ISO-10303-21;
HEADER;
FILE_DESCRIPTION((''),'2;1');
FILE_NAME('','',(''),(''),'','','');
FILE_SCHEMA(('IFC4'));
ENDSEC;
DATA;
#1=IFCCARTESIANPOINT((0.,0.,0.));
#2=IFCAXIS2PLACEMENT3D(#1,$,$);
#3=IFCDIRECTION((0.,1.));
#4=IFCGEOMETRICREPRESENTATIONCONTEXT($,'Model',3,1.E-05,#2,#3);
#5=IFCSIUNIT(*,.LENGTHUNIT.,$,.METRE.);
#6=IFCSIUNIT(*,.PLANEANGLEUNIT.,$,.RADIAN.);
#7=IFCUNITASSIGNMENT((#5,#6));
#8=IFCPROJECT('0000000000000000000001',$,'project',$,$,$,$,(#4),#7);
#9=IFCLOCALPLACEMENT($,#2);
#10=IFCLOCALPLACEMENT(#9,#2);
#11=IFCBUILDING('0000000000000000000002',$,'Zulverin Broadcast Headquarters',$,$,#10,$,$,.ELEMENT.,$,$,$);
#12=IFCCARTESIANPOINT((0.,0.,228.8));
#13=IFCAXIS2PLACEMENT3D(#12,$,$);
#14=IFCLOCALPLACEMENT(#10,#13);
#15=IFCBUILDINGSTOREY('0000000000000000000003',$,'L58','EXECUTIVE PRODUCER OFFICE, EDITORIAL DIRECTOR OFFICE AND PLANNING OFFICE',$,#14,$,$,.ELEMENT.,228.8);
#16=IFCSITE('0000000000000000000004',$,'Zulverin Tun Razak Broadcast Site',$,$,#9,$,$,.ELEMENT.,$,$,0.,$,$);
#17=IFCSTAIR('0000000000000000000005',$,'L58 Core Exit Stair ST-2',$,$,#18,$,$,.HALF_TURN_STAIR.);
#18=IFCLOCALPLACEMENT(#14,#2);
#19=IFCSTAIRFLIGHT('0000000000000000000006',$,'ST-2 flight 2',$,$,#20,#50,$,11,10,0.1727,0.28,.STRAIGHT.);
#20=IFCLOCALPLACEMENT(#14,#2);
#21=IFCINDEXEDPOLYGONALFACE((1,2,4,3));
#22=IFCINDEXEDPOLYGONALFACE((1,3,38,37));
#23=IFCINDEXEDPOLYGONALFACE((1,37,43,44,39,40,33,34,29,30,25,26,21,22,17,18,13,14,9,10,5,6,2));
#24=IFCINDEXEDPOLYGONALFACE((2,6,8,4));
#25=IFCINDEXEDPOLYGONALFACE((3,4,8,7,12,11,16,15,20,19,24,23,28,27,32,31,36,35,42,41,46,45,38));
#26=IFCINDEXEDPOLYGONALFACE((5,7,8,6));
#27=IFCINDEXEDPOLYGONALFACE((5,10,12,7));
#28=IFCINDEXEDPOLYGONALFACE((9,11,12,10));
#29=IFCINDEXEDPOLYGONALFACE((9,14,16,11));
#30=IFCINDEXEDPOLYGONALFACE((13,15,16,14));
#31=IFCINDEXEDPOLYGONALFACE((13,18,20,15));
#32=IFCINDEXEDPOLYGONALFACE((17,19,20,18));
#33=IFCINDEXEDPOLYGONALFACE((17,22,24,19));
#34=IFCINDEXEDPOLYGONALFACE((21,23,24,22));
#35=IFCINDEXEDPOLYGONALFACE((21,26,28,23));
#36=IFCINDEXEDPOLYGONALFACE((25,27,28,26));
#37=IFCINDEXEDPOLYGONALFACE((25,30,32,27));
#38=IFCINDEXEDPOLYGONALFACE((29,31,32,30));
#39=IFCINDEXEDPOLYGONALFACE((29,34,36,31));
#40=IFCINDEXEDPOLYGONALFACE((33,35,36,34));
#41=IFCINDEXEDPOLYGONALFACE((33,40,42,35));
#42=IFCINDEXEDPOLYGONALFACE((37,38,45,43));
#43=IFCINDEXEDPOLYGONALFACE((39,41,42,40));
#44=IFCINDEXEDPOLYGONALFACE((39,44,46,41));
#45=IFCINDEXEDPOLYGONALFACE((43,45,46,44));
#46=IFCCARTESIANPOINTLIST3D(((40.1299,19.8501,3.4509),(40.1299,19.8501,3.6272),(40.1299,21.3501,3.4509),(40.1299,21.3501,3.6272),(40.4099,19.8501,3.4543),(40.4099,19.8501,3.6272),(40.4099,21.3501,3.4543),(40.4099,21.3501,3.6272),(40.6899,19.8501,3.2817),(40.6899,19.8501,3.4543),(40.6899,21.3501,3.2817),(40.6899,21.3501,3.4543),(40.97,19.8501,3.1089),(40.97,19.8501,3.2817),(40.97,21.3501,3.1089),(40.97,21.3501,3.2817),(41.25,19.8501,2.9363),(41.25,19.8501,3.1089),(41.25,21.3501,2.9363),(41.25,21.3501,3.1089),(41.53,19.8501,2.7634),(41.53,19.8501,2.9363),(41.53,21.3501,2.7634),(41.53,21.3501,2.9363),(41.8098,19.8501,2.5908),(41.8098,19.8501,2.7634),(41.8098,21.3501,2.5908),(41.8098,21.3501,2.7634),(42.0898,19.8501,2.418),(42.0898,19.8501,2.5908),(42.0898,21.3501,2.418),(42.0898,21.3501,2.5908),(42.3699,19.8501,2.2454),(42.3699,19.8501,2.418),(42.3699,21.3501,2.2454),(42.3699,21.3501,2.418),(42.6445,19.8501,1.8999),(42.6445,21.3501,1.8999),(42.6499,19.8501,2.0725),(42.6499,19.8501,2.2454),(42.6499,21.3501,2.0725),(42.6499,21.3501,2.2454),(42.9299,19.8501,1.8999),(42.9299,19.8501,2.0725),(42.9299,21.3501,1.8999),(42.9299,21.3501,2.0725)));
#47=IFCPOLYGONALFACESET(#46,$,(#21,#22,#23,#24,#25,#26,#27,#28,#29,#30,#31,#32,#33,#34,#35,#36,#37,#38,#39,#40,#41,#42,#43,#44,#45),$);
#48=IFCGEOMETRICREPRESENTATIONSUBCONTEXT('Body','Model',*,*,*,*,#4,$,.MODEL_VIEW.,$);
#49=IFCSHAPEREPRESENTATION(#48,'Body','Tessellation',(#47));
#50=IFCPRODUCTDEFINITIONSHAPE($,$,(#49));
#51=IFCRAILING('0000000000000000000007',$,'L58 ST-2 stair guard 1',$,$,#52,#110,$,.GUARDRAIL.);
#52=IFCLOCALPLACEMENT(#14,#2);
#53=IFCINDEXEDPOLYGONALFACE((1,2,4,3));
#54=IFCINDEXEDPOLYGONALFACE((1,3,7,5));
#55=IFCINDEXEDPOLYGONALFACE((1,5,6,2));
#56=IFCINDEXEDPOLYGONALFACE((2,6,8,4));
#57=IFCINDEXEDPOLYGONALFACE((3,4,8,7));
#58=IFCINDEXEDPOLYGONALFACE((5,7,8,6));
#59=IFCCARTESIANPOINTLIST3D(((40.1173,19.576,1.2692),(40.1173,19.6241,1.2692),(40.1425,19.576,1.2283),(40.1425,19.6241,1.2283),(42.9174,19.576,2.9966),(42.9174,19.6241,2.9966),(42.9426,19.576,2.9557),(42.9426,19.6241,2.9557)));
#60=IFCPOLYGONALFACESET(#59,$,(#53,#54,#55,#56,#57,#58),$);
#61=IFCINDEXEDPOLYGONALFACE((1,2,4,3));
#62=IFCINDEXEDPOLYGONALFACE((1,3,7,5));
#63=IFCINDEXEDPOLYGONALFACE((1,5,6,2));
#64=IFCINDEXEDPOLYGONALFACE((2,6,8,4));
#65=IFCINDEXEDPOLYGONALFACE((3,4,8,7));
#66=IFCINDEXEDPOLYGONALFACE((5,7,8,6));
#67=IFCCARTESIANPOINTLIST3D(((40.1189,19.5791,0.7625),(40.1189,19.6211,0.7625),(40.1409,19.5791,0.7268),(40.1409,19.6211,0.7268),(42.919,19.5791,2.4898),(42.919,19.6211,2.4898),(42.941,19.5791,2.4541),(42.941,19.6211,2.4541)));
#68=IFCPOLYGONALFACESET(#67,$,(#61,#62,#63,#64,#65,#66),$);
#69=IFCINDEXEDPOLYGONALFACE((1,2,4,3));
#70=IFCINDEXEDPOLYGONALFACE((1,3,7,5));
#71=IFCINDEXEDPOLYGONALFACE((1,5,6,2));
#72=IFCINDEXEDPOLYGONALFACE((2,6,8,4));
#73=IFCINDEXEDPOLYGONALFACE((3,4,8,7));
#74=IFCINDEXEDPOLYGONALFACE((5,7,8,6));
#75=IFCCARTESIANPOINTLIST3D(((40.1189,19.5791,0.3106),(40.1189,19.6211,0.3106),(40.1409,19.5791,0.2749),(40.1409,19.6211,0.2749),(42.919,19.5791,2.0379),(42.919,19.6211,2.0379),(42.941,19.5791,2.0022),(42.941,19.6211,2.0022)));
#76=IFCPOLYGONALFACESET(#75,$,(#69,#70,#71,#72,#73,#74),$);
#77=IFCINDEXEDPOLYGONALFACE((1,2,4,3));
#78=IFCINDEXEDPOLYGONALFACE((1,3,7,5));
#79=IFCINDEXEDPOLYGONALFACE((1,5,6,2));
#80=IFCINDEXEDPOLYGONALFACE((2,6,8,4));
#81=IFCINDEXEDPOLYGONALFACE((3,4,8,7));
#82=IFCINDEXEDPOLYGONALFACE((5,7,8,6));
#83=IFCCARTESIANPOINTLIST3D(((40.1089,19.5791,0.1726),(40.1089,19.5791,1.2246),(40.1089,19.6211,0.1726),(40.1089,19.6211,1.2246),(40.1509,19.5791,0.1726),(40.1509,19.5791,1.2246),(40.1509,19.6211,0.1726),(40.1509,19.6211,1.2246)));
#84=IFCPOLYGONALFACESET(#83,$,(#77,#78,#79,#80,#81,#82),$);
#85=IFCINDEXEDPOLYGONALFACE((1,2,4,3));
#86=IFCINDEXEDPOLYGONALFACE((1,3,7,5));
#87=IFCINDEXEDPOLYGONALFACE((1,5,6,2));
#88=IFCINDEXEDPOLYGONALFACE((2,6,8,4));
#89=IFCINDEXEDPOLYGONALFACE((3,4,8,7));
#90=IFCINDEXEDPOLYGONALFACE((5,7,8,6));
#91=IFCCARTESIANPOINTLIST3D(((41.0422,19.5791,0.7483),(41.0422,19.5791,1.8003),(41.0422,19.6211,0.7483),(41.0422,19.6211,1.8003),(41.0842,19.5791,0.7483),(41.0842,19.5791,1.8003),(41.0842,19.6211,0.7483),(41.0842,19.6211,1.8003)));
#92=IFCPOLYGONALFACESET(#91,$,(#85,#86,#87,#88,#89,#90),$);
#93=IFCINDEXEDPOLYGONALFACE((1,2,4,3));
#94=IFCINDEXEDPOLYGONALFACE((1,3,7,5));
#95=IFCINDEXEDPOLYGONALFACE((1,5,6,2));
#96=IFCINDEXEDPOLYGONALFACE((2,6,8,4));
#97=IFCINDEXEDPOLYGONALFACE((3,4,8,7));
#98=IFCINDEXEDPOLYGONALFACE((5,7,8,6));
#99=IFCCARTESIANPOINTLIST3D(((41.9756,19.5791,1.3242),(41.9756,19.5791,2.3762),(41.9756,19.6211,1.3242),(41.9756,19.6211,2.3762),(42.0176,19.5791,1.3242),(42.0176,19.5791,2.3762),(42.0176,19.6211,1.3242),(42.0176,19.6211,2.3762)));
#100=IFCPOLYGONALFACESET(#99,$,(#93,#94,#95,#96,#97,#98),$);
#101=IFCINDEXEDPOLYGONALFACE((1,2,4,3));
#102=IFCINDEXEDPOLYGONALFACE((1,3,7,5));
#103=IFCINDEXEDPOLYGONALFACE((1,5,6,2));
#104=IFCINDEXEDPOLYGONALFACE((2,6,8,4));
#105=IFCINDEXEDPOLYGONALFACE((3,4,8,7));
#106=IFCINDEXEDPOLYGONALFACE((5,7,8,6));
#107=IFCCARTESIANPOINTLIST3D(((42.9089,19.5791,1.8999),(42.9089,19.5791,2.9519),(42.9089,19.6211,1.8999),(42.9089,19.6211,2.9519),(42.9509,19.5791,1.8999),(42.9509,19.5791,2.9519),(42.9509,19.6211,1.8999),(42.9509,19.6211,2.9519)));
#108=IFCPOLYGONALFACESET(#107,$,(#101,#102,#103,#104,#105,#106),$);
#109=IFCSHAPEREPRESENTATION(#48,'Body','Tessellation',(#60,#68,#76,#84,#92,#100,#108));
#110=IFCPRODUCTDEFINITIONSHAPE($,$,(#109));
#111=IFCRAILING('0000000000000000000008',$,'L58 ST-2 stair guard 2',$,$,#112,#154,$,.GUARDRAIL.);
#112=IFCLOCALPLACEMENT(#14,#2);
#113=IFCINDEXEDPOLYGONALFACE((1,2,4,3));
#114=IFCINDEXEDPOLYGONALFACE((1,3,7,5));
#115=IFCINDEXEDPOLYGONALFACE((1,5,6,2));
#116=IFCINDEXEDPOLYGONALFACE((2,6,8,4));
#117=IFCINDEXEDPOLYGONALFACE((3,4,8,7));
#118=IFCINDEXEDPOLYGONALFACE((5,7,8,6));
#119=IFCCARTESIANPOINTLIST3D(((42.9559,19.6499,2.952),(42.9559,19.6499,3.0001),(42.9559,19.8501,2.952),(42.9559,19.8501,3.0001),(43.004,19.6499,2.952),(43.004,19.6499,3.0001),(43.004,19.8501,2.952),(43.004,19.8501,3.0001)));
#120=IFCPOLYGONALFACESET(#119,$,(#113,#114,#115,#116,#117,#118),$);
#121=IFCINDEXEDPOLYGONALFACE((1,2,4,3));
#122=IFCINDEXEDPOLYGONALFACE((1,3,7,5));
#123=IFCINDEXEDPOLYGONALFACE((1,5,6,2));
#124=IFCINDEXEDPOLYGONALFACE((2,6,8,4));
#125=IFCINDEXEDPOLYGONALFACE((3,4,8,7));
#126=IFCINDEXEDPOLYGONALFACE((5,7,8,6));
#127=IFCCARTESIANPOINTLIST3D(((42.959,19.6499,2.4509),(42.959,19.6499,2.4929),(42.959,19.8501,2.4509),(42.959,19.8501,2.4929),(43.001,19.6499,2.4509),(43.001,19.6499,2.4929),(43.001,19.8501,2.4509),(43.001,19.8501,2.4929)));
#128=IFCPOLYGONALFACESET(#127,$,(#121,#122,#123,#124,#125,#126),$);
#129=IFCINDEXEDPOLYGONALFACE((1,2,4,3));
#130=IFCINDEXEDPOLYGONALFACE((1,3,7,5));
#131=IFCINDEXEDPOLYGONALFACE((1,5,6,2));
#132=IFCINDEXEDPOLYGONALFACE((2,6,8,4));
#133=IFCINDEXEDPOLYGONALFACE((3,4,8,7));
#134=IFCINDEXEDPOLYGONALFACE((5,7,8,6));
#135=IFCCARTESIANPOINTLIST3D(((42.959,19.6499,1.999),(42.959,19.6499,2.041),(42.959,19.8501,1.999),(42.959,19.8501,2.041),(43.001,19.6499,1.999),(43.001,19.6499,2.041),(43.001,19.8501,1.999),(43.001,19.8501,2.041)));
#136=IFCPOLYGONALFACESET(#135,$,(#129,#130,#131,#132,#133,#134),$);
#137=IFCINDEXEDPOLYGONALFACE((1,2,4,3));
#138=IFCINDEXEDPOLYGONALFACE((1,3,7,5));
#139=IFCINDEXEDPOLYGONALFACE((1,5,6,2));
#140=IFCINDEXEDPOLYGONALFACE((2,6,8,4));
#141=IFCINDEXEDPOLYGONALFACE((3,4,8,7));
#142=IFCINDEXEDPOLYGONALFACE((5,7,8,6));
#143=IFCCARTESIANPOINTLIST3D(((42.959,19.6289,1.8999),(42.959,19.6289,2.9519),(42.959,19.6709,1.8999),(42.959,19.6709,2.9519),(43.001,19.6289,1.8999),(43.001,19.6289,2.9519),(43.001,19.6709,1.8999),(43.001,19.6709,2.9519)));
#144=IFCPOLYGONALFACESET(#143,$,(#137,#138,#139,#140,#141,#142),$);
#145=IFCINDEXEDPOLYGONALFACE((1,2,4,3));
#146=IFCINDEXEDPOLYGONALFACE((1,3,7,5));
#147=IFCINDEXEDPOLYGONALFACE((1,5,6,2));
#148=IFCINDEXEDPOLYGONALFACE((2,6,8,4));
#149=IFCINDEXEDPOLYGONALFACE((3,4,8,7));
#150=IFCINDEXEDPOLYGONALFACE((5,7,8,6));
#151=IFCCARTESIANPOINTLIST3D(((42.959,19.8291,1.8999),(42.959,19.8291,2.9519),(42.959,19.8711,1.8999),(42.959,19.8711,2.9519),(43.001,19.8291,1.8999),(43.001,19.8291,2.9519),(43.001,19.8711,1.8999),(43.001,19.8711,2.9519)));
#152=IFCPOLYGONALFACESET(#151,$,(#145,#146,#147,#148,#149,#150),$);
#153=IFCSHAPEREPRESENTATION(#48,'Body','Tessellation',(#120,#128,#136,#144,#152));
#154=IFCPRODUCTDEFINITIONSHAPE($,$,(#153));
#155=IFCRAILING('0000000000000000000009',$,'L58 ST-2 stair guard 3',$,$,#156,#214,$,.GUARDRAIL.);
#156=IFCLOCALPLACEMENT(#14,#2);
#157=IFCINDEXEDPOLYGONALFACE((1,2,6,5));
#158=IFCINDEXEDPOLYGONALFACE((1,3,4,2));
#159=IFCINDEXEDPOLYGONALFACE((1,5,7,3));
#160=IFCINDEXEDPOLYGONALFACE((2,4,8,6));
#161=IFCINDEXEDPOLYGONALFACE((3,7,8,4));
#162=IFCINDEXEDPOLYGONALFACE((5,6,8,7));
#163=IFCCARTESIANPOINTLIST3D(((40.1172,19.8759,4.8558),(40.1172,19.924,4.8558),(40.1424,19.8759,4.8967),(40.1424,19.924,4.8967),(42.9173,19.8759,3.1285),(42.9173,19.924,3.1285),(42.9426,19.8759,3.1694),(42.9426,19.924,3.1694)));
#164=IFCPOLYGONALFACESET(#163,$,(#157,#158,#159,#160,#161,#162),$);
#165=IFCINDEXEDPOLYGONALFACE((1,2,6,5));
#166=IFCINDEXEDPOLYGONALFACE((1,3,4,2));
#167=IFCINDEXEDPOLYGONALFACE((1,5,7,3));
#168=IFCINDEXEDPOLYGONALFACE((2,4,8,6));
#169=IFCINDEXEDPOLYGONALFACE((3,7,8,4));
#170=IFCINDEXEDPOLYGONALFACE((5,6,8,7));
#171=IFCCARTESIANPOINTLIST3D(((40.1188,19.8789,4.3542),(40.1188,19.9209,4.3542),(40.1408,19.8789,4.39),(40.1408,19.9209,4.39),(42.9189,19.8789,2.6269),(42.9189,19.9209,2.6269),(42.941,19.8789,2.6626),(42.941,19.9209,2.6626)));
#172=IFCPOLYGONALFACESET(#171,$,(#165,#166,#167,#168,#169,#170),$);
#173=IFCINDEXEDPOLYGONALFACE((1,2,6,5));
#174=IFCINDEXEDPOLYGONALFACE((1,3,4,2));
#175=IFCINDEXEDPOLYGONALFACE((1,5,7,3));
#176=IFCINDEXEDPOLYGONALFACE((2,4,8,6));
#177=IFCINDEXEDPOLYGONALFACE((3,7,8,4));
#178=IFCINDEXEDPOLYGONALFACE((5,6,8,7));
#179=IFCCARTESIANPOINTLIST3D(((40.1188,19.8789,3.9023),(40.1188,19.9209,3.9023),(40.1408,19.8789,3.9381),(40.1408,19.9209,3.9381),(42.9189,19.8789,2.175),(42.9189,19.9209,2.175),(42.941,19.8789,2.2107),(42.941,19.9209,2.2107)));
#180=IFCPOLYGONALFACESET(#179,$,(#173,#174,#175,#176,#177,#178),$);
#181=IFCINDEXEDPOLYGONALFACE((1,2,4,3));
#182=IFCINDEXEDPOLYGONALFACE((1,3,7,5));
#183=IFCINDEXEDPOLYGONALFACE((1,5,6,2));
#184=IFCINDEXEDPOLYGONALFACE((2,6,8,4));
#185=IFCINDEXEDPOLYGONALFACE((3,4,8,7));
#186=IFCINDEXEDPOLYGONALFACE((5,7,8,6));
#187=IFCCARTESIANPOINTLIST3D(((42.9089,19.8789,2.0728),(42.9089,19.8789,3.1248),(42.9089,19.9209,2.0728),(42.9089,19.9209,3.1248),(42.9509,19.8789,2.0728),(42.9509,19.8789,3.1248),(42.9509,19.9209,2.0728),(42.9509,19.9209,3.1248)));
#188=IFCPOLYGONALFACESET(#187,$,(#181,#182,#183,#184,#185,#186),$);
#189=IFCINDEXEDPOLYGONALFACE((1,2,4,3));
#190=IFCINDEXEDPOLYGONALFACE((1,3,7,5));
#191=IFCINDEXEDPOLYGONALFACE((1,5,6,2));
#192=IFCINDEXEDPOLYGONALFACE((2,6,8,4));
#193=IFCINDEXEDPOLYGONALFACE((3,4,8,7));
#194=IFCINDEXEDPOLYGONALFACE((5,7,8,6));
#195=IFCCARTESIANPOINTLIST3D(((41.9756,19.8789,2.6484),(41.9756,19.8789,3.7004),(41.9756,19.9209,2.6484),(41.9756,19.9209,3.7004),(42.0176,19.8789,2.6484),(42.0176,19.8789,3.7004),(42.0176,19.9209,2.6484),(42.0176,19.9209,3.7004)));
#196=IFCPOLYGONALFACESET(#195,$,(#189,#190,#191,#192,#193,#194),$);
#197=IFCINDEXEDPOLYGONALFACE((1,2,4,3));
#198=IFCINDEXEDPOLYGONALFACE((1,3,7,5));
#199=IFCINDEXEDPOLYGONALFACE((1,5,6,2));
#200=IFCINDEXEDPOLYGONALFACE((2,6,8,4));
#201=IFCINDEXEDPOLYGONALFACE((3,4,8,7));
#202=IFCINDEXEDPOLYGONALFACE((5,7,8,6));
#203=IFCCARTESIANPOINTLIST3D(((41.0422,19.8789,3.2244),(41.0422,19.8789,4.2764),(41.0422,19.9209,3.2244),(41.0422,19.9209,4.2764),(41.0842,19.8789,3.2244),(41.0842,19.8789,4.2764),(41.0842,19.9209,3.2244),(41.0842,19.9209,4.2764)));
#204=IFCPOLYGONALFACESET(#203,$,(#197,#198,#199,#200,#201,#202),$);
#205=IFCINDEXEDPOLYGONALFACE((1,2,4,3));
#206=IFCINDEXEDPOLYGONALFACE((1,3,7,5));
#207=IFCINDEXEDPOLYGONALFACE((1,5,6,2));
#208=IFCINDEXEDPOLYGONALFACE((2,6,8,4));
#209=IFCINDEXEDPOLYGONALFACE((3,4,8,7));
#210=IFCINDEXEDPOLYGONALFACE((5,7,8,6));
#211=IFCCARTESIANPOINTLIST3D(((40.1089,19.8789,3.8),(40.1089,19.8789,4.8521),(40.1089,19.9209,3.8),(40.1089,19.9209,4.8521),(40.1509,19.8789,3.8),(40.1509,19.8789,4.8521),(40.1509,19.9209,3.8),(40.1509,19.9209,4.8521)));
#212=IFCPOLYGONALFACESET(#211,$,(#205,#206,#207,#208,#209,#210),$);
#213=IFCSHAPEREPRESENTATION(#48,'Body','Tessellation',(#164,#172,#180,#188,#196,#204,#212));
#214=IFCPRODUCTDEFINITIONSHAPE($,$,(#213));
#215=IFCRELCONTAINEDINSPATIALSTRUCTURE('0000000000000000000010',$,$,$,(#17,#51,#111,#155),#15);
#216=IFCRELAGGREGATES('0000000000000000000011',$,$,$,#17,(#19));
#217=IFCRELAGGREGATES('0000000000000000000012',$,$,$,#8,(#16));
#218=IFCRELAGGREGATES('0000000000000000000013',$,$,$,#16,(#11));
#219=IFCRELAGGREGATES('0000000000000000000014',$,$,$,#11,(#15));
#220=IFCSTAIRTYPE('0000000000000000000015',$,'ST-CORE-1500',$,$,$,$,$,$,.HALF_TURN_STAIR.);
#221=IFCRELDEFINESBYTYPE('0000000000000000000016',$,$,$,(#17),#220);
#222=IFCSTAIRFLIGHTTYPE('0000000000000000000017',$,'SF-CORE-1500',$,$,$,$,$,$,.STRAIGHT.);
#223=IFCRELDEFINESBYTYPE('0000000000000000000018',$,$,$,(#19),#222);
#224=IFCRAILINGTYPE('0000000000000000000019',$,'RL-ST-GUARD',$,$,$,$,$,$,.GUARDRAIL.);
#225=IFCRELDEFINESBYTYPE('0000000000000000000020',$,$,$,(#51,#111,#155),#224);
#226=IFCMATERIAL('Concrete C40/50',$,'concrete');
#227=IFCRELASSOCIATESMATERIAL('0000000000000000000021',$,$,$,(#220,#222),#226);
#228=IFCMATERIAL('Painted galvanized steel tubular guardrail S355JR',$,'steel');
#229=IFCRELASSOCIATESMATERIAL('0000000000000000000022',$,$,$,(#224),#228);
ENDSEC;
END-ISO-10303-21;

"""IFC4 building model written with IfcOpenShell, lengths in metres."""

from ifc_helpers import new_model, si_unit, direction, frame, origin, origin_2d, place, context, subcontext, project, spatial, polyline, rectangle, outline, extrude, material, type_object, element, aggregate, save


model = new_model("IFC4")

# Units and contexts
model_context = context("Model", 3, precision=1e-05, world=origin(), true_north=direction((0.0, 1.0)))
body_context = subcontext(model_context, "Body", "Model", "MODEL_VIEW")
ifc_project = project(units=[si_unit("LENGTHUNIT", "METRE"), si_unit("PLANEANGLEUNIT", "RADIAN")], contexts=[model_context])

# Site, building, storey
site_placement = place(None, origin())
site = spatial("IfcSite", under=ifc_project, at=site_placement, Name="Zulverin Tun Razak Broadcast Site", CompositionType="ELEMENT", RefElevation=0.0)
building_placement = place(site_placement, origin())
building = spatial("IfcBuilding", under=site, at=building_placement, Name="Zulverin Broadcast Headquarters", CompositionType="ELEMENT")
storey_placement = place(building_placement, frame((0.0, 0.0, 228.8)))
storey = spatial("IfcBuildingStorey", under=building, at=storey_placement, Name="L58", Description="EXECUTIVE PRODUCER OFFICE, EDITORIAL DIRECTOR OFFICE AND PLANNING OFFICE", CompositionType="ELEMENT", Elevation=228.8)

# Shared definitions
ifc_material_1 = material(Name="Concrete C40/50", Category="concrete")

# Stair, stair flight
stair_type = type_object("IfcStairType", Name="ST-CORE-1500", PredefinedType="HALF_TURN_STAIR", material=ifc_material_1)
stair_placement = place(storey_placement, origin())
stair = element("IfcStair", 1, at=stair_placement, inside=storey, type_object=stair_type, Name="L58 Core Exit Stair ST-2", PredefinedType="HALF_TURN_STAIR")
stair_flight_type = type_object("IfcStairFlightType", Name="SF-CORE-1500", PredefinedType="STRAIGHT", material=ifc_material_1)
stair_flight_1_placement = place(storey_placement, frame((42.9299, 20.6001, 1.8999), z_axis=(0.0, 0.0, 1.0), x_axis=(-1.0, 0.0, 0.0)))
stair_flight_1 = element("IfcStairFlight", 2, at=stair_flight_1_placement, type_object=stair_flight_type, Name="ST-2 flight 2", NumberOfRisers=11, NumberOfTreads=10, PredefinedType="STRAIGHT", RiserHeight=0.1727, TreadLength=0.28, context=body_context, shape_type="SweptSolid", body=[
    extrude(outline(polyline([(0.0, 0.0), (0.0, 0.1726), (0.28, 0.1726), (0.28, 0.3455), (0.5601, 0.3455), (0.5601, 0.5181), (0.8401, 0.5181), (0.8401, 0.6909), (1.1201, 0.6909), (1.1201, 0.8635), (1.3999, 0.8635), (1.3999, 1.0364), (1.6799, 1.0364), (1.6799, 1.209), (1.96, 1.209), (1.96, 1.3818), (2.24, 1.3818), (2.24, 1.5544), (2.52, 1.5544), (2.52, 1.7273), (2.8, 1.7273), (2.8, 1.8999), (2.8, 1.551), (0.2854, 0.0), (0.0, 0.0)])), frame((0.0, 0.75, 0.0), z_axis=(0.0, -1.0, 0.0), x_axis=(1.0, 0.0, 0.0)), (0.0, 0.0, 1.0), 1.5),
])
aggregate(stair, [stair_flight_1])

# Railings
ifc_material_2 = material(Name="Painted galvanized steel tubular guardrail S355JR", Category="steel")
railing_type_1 = type_object("IfcRailingType", Name="RL-ST-GUARD", PredefinedType="GUARDRAIL", material=ifc_material_2)
railing_1_placement = place(storey_placement, frame((40.1299, 19.6001, 0.1726)))
element("IfcRailing", 3, at=railing_1_placement, inside=storey, type_object=railing_type_1, Name="L58 ST-2 stair guard 1", PredefinedType="GUARDRAIL", context=body_context, shape_type="SweptSolid", body=[
    extrude(rectangle(XDim=0.0481, YDim=0.0481, at=origin_2d()), frame((0.0, 0.0, 1.0762), z_axis=(0.85109, 0.0, 0.52502), x_axis=(0.0, 1.0, 0.0)), (0.0, 0.0, 1.0), 3.29),
    extrude(rectangle(XDim=0.042, YDim=0.042, at=origin_2d()), frame((0.0, 0.0, 0.572), z_axis=(0.85109, 0.0, 0.52502), x_axis=(0.0, 1.0, 0.0)), (0.0, 0.0, 1.0), 3.29),
    extrude(rectangle(XDim=0.042, YDim=0.042, at=origin_2d()), frame((0.0, 0.0, 0.1201), z_axis=(0.85109, 0.0, 0.52502), x_axis=(0.0, 1.0, 0.0)), (0.0, 0.0, 1.0), 3.29),
    extrude(rectangle(XDim=0.042, YDim=0.042, at=origin_2d()), origin(), (0.0, 0.0, 1.0), 1.052),
    extrude(rectangle(XDim=0.042, YDim=0.042, at=origin_2d()), frame((0.9333, 0.0, 0.5757)), (0.0, 0.0, 1.0), 1.052),
    extrude(rectangle(XDim=0.042, YDim=0.042, at=origin_2d()), frame((1.8667, 0.0, 1.1516)), (0.0, 0.0, 1.0), 1.052),
    extrude(rectangle(XDim=0.042, YDim=0.042, at=origin_2d()), frame((2.8, 0.0, 1.7273)), (0.0, 0.0, 1.0), 1.052),
])
railing_2_placement = place(storey_placement, frame((42.98, 19.6499, 1.8999)))
element("IfcRailing", 4, at=railing_2_placement, inside=storey, type_object=railing_type_1, Name="L58 ST-2 stair guard 2", PredefinedType="GUARDRAIL", context=body_context, shape_type="SweptSolid", body=[
    extrude(rectangle(XDim=0.0481, YDim=0.0481, at=origin_2d()), frame((0.0, 0.0, 1.0762), z_axis=(0.0, 1.0, 0.0), x_axis=(-1.0, 0.0, 0.0)), (0.0, 0.0, 1.0), 0.2002),
    extrude(rectangle(XDim=0.042, YDim=0.042, at=origin_2d()), frame((0.0, 0.0, 0.572), z_axis=(0.0, 1.0, 0.0), x_axis=(-1.0, 0.0, 0.0)), (0.0, 0.0, 1.0), 0.2002),
    extrude(rectangle(XDim=0.042, YDim=0.042, at=origin_2d()), frame((0.0, 0.0, 0.1201), z_axis=(0.0, 1.0, 0.0), x_axis=(-1.0, 0.0, 0.0)), (0.0, 0.0, 1.0), 0.2002),
    extrude(rectangle(XDim=0.042, YDim=0.042, at=origin_2d()), origin(), (0.0, 0.0, 1.0), 1.052),
    extrude(rectangle(XDim=0.042, YDim=0.042, at=origin_2d()), frame((0.0, 0.2002, 0.0)), (0.0, 0.0, 1.0), 1.052),
])
railing_3_placement = place(storey_placement, frame((42.9299, 19.8999, 2.0728)))
element("IfcRailing", 5, at=railing_3_placement, inside=storey, type_object=railing_type_1, Name="L58 ST-2 stair guard 3", PredefinedType="GUARDRAIL", context=body_context, shape_type="SweptSolid", body=[
    extrude(rectangle(XDim=0.0481, YDim=0.0481, at=origin_2d()), frame((0.0, 0.0, 1.0762), z_axis=(-0.85109, 0.0, 0.52502), x_axis=(0.0, -1.0, 0.0)), (0.0, 0.0, 1.0), 3.29),
    extrude(rectangle(XDim=0.042, YDim=0.042, at=origin_2d()), frame((0.0, 0.0, 0.572), z_axis=(-0.85109, 0.0, 0.52502), x_axis=(0.0, -1.0, 0.0)), (0.0, 0.0, 1.0), 3.29),
    extrude(rectangle(XDim=0.042, YDim=0.042, at=origin_2d()), frame((0.0, 0.0, 0.1201), z_axis=(-0.85109, 0.0, 0.52502), x_axis=(0.0, -1.0, 0.0)), (0.0, 0.0, 1.0), 3.29),
    extrude(rectangle(XDim=0.042, YDim=0.042, at=origin_2d()), origin(), (0.0, 0.0, 1.0), 1.052),
    extrude(rectangle(XDim=0.042, YDim=0.042, at=origin_2d()), frame((-0.9333, 0.0, 0.5757)), (0.0, 0.0, 1.0), 1.052),
    extrude(rectangle(XDim=0.042, YDim=0.042, at=origin_2d()), frame((-1.8667, 0.0, 1.1516)), (0.0, 0.0, 1.0), 1.052),
    extrude(rectangle(XDim=0.042, YDim=0.042, at=origin_2d()), frame((-2.8, 0.0, 1.7273)), (0.0, 0.0, 1.0), 1.052),
])

save(model, "model.ifc")
